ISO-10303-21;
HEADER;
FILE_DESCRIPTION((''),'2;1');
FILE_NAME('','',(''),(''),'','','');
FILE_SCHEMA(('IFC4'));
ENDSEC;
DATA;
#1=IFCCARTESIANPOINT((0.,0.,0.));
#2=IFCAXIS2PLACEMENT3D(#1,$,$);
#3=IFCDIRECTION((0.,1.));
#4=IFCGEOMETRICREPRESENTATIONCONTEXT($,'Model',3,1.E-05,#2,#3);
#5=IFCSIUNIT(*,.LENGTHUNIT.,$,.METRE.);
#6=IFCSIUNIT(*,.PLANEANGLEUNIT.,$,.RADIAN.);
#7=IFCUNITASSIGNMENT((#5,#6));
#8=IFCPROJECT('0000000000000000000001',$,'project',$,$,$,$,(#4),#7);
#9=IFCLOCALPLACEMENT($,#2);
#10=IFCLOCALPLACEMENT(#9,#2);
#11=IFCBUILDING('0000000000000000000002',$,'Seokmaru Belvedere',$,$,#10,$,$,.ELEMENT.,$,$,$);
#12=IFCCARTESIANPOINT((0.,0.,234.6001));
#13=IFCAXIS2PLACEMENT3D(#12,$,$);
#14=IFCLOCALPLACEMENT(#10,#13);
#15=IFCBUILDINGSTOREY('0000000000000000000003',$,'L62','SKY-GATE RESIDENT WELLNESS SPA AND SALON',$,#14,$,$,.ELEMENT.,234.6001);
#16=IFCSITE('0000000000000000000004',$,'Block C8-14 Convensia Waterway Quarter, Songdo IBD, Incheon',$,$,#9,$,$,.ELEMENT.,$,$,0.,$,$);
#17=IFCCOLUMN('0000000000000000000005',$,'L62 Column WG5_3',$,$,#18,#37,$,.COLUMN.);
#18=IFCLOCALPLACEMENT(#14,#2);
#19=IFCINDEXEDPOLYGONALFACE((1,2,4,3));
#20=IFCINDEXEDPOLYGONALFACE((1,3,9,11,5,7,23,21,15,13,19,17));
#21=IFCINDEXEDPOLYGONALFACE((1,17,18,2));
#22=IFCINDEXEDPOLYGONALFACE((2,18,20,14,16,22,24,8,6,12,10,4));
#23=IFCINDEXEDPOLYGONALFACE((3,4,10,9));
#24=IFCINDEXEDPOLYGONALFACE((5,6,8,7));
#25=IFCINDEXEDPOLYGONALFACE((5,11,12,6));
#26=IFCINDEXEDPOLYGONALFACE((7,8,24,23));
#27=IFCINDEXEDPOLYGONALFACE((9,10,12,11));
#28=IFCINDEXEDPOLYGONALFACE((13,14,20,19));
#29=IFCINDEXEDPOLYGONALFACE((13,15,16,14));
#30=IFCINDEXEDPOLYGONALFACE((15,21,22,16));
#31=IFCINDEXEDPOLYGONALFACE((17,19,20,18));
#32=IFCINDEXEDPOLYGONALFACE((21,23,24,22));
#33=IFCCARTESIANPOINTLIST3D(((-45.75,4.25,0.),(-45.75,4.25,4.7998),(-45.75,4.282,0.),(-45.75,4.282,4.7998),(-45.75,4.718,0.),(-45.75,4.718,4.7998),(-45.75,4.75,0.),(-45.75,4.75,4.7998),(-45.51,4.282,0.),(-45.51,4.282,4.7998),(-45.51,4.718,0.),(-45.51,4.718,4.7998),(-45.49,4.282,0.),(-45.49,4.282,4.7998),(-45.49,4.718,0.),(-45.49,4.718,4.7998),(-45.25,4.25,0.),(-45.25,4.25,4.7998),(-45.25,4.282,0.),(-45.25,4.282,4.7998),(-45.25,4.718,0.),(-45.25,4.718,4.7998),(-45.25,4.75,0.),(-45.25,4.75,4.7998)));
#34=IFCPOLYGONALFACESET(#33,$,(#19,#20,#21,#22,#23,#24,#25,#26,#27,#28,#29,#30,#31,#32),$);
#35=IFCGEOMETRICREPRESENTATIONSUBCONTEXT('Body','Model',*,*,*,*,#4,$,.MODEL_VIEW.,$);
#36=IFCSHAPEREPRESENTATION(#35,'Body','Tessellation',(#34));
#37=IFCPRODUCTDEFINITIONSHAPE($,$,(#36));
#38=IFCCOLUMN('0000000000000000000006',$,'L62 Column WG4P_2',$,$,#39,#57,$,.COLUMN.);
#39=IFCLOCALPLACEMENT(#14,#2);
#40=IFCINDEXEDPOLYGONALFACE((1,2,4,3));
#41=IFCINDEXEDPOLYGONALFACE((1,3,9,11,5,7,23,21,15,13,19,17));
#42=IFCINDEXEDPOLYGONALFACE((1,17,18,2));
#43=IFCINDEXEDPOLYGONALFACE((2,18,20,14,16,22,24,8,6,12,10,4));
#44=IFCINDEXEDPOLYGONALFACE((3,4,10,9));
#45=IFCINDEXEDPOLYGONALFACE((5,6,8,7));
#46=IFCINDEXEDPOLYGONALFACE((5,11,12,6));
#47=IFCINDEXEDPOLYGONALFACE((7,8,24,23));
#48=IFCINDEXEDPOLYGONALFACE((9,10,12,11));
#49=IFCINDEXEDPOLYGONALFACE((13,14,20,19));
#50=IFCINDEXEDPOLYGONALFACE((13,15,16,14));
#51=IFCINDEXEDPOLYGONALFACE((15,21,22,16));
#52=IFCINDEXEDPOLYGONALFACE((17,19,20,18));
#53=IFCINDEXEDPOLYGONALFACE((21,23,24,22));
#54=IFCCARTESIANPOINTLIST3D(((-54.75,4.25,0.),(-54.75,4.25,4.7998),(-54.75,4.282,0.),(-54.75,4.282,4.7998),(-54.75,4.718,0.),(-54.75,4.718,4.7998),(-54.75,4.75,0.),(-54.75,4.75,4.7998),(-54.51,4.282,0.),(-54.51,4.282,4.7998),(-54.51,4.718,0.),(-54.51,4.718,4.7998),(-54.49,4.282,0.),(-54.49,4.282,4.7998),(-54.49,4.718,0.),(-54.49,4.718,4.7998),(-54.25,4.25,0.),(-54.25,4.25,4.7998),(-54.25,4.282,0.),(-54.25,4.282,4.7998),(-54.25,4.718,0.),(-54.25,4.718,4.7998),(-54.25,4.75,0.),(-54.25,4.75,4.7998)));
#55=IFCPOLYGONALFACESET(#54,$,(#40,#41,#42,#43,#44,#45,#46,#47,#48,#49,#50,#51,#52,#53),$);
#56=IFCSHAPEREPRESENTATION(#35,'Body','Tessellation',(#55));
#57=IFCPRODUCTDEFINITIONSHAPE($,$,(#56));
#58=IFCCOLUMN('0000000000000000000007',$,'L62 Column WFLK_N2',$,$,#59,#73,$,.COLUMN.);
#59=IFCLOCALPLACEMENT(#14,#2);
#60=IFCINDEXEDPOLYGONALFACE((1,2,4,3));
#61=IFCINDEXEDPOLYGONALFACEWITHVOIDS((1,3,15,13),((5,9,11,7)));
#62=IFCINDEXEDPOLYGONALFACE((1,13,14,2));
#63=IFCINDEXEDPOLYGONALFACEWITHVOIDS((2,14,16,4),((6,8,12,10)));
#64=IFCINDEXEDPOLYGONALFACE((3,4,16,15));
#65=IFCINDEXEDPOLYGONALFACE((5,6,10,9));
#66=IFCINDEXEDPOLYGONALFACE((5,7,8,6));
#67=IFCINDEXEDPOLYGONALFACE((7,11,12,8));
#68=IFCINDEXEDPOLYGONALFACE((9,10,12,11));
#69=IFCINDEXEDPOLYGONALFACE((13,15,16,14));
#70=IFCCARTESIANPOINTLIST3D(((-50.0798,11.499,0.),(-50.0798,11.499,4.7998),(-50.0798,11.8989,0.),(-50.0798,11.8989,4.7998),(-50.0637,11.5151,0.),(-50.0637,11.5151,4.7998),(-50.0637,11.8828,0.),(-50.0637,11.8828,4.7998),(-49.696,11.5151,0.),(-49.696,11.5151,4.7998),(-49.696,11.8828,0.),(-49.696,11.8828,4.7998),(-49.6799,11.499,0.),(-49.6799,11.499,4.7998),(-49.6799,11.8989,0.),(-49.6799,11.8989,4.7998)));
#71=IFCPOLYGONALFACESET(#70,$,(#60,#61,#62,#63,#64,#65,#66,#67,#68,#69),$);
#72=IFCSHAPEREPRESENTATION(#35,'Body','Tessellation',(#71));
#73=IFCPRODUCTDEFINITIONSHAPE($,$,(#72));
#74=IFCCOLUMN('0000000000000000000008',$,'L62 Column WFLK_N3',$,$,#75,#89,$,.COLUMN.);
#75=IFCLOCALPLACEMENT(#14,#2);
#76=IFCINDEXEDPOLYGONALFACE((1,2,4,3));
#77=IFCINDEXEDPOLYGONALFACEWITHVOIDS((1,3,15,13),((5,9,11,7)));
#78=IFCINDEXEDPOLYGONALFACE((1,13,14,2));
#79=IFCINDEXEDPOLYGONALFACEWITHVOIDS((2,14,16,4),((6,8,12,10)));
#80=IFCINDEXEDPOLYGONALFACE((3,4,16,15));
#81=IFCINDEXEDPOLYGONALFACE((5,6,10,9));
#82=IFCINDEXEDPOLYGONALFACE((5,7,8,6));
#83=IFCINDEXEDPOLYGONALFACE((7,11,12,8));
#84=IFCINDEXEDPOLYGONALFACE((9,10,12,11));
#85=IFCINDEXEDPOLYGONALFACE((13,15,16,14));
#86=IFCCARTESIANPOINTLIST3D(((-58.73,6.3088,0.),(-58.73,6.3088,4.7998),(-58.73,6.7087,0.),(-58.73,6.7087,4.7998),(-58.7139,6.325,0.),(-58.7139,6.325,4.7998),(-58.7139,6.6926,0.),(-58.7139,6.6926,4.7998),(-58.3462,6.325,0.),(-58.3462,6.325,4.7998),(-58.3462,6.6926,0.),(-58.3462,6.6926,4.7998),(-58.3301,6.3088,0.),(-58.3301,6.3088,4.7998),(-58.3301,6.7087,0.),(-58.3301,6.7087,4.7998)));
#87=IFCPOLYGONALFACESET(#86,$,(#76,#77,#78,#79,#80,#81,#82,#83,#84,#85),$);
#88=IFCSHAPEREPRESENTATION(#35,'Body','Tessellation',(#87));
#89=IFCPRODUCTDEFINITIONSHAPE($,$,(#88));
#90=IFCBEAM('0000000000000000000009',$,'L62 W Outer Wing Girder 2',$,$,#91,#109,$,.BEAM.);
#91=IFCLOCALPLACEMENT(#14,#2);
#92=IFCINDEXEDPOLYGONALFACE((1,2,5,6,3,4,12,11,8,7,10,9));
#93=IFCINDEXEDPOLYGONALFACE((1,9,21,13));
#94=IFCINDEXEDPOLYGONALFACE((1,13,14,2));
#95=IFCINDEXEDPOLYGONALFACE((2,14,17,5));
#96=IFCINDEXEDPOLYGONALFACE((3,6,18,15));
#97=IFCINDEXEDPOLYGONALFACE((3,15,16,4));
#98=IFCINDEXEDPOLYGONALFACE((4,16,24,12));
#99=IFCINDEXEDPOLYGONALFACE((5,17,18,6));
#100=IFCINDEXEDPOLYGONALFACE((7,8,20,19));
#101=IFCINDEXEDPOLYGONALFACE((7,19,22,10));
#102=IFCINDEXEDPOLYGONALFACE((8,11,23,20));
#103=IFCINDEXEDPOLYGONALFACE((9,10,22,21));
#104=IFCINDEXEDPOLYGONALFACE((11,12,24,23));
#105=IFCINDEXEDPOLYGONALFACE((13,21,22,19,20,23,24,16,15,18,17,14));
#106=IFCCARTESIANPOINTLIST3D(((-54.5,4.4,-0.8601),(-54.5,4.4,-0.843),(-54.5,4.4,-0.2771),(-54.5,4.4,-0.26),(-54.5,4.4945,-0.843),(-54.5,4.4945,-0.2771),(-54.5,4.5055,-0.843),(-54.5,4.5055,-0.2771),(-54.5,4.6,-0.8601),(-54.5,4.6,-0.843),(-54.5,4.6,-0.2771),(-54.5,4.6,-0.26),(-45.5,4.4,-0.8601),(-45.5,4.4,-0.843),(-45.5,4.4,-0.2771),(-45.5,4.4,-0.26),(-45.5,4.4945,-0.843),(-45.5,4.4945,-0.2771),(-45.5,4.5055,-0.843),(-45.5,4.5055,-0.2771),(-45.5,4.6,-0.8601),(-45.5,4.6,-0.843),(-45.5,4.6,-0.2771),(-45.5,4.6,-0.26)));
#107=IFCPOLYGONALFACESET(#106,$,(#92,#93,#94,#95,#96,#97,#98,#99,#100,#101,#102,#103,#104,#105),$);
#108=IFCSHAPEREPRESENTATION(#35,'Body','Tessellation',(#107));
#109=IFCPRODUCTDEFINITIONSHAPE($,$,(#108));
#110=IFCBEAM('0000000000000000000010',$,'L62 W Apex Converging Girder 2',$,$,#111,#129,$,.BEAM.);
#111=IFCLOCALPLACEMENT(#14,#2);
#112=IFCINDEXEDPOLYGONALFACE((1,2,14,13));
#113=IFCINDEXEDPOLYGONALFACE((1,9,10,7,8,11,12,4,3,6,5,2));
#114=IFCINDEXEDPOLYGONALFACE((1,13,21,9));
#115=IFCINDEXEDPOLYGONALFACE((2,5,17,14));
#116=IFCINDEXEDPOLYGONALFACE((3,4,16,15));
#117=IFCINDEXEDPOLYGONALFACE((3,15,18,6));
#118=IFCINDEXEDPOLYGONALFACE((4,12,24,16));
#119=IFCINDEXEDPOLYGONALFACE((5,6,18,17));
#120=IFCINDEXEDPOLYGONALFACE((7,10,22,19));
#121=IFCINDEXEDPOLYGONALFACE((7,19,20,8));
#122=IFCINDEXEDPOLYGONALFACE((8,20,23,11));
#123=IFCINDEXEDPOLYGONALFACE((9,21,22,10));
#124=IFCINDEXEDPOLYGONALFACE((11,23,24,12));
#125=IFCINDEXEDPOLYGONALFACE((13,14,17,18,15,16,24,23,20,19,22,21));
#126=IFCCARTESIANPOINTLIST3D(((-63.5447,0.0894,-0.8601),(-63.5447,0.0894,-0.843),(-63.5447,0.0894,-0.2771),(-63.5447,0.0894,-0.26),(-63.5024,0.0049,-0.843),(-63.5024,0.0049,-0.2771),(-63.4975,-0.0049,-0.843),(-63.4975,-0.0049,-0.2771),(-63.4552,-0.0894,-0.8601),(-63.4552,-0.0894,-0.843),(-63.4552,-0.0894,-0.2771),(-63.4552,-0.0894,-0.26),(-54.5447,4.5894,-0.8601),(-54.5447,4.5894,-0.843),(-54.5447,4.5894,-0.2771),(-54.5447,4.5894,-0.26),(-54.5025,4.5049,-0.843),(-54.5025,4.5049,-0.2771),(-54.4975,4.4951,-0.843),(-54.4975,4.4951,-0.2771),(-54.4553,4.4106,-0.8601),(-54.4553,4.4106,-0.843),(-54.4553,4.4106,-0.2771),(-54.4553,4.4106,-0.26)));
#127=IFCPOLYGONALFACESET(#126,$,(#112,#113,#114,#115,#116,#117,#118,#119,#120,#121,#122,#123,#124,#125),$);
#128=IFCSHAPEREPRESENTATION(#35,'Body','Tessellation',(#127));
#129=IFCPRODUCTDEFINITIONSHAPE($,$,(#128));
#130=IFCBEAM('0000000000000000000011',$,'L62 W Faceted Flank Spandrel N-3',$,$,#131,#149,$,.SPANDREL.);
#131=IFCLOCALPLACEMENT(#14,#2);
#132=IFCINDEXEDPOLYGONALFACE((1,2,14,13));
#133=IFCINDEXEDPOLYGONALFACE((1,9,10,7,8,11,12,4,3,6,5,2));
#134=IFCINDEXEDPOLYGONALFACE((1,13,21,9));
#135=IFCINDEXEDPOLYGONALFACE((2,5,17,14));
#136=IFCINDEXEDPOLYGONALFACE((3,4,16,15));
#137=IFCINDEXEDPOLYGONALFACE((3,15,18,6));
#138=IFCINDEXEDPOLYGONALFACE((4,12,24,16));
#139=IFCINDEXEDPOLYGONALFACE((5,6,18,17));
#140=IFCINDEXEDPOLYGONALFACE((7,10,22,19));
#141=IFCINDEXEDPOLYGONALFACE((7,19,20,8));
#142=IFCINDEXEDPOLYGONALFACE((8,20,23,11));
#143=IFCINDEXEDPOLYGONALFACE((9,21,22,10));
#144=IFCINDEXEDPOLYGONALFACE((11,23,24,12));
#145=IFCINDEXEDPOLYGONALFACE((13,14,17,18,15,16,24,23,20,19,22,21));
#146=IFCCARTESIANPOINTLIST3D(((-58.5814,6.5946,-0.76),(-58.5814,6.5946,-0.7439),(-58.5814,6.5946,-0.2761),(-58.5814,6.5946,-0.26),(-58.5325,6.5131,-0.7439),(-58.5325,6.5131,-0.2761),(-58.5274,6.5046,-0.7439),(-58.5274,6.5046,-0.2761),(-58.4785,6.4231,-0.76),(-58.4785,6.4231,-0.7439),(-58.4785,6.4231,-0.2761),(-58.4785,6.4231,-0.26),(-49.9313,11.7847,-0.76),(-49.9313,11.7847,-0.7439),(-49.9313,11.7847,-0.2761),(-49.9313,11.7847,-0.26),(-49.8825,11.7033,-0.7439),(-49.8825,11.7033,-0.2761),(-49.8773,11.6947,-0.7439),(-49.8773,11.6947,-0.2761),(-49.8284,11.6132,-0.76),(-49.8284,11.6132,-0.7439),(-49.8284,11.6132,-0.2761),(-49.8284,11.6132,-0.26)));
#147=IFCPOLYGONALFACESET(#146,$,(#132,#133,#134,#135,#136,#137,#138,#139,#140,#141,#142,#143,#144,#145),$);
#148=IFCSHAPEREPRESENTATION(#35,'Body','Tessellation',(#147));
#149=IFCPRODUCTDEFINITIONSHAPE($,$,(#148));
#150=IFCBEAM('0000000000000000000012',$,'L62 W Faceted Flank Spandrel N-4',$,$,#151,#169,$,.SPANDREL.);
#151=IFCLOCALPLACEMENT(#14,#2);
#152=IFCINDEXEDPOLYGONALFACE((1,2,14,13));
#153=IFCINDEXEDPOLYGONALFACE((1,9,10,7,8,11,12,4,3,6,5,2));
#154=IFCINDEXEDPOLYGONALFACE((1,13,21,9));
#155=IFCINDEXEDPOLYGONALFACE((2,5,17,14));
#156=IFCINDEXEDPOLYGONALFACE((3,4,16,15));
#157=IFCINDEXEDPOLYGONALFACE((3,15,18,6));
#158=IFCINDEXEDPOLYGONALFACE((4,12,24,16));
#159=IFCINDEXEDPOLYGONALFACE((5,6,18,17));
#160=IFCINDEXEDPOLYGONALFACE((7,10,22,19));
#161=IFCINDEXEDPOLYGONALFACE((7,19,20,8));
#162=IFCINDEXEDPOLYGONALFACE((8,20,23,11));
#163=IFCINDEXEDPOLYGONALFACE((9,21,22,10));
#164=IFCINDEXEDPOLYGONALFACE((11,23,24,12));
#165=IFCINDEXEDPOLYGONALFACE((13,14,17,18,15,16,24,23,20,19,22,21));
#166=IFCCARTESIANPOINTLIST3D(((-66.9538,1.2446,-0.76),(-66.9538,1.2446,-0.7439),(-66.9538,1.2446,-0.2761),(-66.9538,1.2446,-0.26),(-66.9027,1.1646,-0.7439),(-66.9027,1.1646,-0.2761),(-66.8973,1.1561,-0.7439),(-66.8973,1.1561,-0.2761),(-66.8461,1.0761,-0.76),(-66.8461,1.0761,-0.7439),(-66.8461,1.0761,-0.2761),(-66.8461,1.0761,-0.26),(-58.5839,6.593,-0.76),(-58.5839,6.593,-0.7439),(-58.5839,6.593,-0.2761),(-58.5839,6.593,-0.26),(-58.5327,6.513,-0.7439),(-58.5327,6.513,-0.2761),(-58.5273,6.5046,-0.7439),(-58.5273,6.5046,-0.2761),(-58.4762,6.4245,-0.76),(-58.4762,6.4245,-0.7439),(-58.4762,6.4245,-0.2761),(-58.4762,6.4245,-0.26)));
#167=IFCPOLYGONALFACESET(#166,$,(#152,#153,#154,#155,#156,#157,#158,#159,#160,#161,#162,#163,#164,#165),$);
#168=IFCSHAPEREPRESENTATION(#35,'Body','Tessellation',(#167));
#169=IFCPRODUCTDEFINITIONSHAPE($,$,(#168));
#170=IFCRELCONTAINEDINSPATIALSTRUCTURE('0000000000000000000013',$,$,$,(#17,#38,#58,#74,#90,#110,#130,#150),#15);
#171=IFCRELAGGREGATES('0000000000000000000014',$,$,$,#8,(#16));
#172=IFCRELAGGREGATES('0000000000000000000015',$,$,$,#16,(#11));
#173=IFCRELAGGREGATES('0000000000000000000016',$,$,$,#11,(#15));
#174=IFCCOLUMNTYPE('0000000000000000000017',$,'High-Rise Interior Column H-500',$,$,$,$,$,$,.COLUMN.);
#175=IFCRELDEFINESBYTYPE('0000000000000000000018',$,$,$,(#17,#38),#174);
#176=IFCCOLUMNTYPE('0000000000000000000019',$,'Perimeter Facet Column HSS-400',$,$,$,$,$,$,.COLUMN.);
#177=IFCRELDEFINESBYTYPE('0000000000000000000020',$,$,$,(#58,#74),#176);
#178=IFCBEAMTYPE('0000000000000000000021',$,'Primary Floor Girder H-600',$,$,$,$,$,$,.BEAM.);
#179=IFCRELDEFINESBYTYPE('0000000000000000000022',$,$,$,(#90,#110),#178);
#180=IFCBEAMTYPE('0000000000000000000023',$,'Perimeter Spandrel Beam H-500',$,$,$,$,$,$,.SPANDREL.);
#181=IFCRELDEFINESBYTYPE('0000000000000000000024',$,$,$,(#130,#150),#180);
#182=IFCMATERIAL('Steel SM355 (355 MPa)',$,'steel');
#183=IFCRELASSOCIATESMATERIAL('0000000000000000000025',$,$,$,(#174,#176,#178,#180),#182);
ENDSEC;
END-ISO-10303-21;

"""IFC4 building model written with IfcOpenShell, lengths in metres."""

from ifc_helpers import new_model, si_unit, direction, frame, origin, origin_2d, place, context, subcontext, project, spatial, hollow_rectangle, i_section, extrude, source, transform, mapped, material, material_profile, profile_set, type_object, type_shapes, element, save


model = new_model("IFC4")

# Units and contexts
model_context = context("Model", 3, precision=1e-05, world=origin(), true_north=direction((0.0, 1.0)))
body_context = subcontext(model_context, "Body", "Model", "MODEL_VIEW")
ifc_project = project(units=[si_unit("LENGTHUNIT", "METRE"), si_unit("PLANEANGLEUNIT", "RADIAN")], contexts=[model_context])

# Site, building, storey
site_placement = place(None, origin())
site = spatial("IfcSite", under=ifc_project, at=site_placement, Name="Block C8-14 Convensia Waterway Quarter, Songdo IBD, Incheon", CompositionType="ELEMENT", RefElevation=0.0)
building_placement = place(site_placement, origin())
building = spatial("IfcBuilding", under=site, at=building_placement, Name="Seokmaru Belvedere", CompositionType="ELEMENT")
storey_placement = place(building_placement, frame((0.0, 0.0, 234.6001)))
storey = spatial("IfcBuildingStorey", under=building, at=storey_placement, Name="L62", Description="SKY-GATE RESIDENT WELLNESS SPA AND SALON", CompositionType="ELEMENT", Elevation=234.6001)

# Columns
ifc_material_1 = material(Name="Steel SM355 (355 MPa)", Category="steel")
ifc_material_profile_1 = material_profile(ifc_material_1, i_section(OverallWidth=0.5, OverallDepth=0.5, WebThickness=0.02, FlangeThickness=0.032, at=origin_2d()), Name="H-500x500x20x32")
ifc_profile_set_1 = profile_set([ifc_material_profile_1], Name="Steel SM355 (355 MPa)")
column_type_1 = type_object("IfcColumnType", Name="High-Rise Interior Column H-500", PredefinedType="COLUMN", material=ifc_profile_set_1)
shared_shape_1 = source(origin(), body_context, "Body", "SweptSolid", [
    extrude(i_section(OverallWidth=0.5, OverallDepth=0.5, WebThickness=0.02, FlangeThickness=0.032, at=origin_2d()), origin(), (0.0, 0.0, 1.0), 4.7998),
])
type_shapes(column_type_1, [shared_shape_1])
for number, where, z_axis, x_axis, name in (
    (1, (-45.5, 4.5, 0.0), (0.0, 0.0, 1.0), (1.0, 0.0, 0.0), "L62 Column WG5_3"),
    (2, (-54.5, 4.5, 0.0), (0.0, 0.0, 1.0), (1.0, 0.0, 0.0), "L62 Column WG4P_2"),
):
    element("IfcColumn", number, at=place(storey_placement, frame(where, z_axis=z_axis, x_axis=x_axis)), inside=storey, type_object=column_type_1, Name=name, PredefinedType="COLUMN", context=body_context, shape_type="MappedRepresentation", body=[
        mapped(shared_shape_1, transform((0.0, 0.0, 0.0), scale=1.0)),
    ])
ifc_material_profile_2 = material_profile(ifc_material_1, hollow_rectangle(XDim=0.3999, YDim=0.3999, WallThickness=0.0161, at=origin_2d()), Name="HSS-400x400x16")
ifc_profile_set_2 = profile_set([ifc_material_profile_2], Name="Steel SM355 (355 MPa)")
column_type_2 = type_object("IfcColumnType", Name="Perimeter Facet Column HSS-400", PredefinedType="COLUMN", material=ifc_profile_set_2)
shared_shape_2 = source(origin(), body_context, "Body", "SweptSolid", [
    extrude(hollow_rectangle(XDim=0.3999, YDim=0.3999, WallThickness=0.0161, at=origin_2d()), origin(), (0.0, 0.0, 1.0), 4.7998),
])
type_shapes(column_type_2, [shared_shape_2])
for number, where, z_axis, x_axis, name in (
    (3, (-49.8799, 11.699, 0.0), (0.0, 0.0, 1.0), (1.0, 0.0, 0.0), "L62 Column WFLK_N2"),
    (4, (-58.53, 6.5088, 0.0), (0.0, 0.0, 1.0), (1.0, 0.0, 0.0), "L62 Column WFLK_N3"),
):
    element("IfcColumn", number, at=place(storey_placement, frame(where, z_axis=z_axis, x_axis=x_axis)), inside=storey, type_object=column_type_2, Name=name, PredefinedType="COLUMN", context=body_context, shape_type="MappedRepresentation", body=[
        mapped(shared_shape_2, transform((0.0, 0.0, 0.0), scale=1.0)),
    ])

# Beams
ifc_material_profile_3 = material_profile(ifc_material_1, i_section(OverallWidth=0.2, OverallDepth=0.6001, WebThickness=0.011, FlangeThickness=0.0171, at=origin_2d()), Name="H-600x200x11x17")
ifc_profile_set_3 = profile_set([ifc_material_profile_3], Name="Steel SM355 (355 MPa)")
beam_type_1 = type_object("IfcBeamType", Name="Primary Floor Girder H-600", PredefinedType="BEAM", material=ifc_profile_set_3)
shared_shape_3 = source(origin(), body_context, "Body", "SweptSolid", [
    extrude(i_section(OverallWidth=0.2, OverallDepth=0.6001, WebThickness=0.011, FlangeThickness=0.0171, at=origin_2d()), origin(), (0.0, 0.0, 1.0), 9.0),
])
beam_1_placement = place(storey_placement, frame((-54.5, 4.5, -0.5601), z_axis=(1.0, 0.0, 0.0), x_axis=(0.0, 1.0, 0.0)))
element("IfcBeam", 5, at=beam_1_placement, inside=storey, type_object=beam_type_1, Name="L62 W Outer Wing Girder 2", PredefinedType="BEAM", context=body_context, shape_type="MappedRepresentation", body=[
    mapped(shared_shape_3, transform((0.0, 0.0, 0.0), scale=1.0)),
])
shared_shape_4 = source(origin(), body_context, "Body", "SweptSolid", [
    extrude(i_section(OverallWidth=0.2, OverallDepth=0.6001, WebThickness=0.011, FlangeThickness=0.0171, at=origin_2d()), origin(), (0.0, 0.0, 1.0), 10.0623),
])
beam_2_placement = place(storey_placement, frame((-54.5, 4.5, -0.5601), z_axis=(-0.894427, -0.447214, 0.0), x_axis=(0.447214, -0.894427, 0.0)))
element("IfcBeam", 6, at=beam_2_placement, inside=storey, type_object=beam_type_1, Name="L62 W Apex Converging Girder 2", PredefinedType="BEAM", context=body_context, shape_type="MappedRepresentation", body=[
    mapped(shared_shape_4, transform((0.0, 0.0, 0.0), scale=1.0)),
])
ifc_material_profile_4 = material_profile(ifc_material_1, i_section(OverallWidth=0.2, OverallDepth=0.5, WebThickness=0.01, FlangeThickness=0.0161, at=origin_2d()), Name="H-500x200x10x16")
ifc_profile_set_4 = profile_set([ifc_material_profile_4], Name="Steel SM355 (355 MPa)")
beam_type_2 = type_object("IfcBeamType", Name="Perimeter Spandrel Beam H-500", PredefinedType="SPANDREL", material=ifc_profile_set_4)
shared_shape_5 = source(origin(), body_context, "Body", "SweptSolid", [
    extrude(i_section(OverallWidth=0.2, OverallDepth=0.5, WebThickness=0.01, FlangeThickness=0.0161, at=origin_2d()), origin(), (0.0, 0.0, 1.0), 10.0876),
])
beam_3_placement = place(storey_placement, frame((-49.8799, 11.699, -0.51), z_axis=(-0.857489, -0.514503, 0.0), x_axis=(0.514503, -0.857489, 0.0)))
element("IfcBeam", 7, at=beam_3_placement, inside=storey, type_object=beam_type_2, Name="L62 W Faceted Flank Spandrel N-3", PredefinedType="SPANDREL", context=body_context, shape_type="MappedRepresentation", body=[
    mapped(shared_shape_5, transform((0.0, 0.0, 0.0), scale=1.0)),
])
shared_shape_6 = source(origin(), body_context, "Body", "SweptSolid", [
    extrude(i_section(OverallWidth=0.2, OverallDepth=0.5, WebThickness=0.01, FlangeThickness=0.0161, at=origin_2d()), origin(), (0.0, 0.0, 1.0), 9.9329),
])
type_shapes(beam_type_2, [shared_shape_5, shared_shape_6])
beam_4_placement = place(storey_placement, frame((-58.53, 6.5088, -0.51), z_axis=(-0.842652, -0.538459, 0.0), x_axis=(0.538459, -0.842652, 0.0)))
element("IfcBeam", 8, at=beam_4_placement, inside=storey, type_object=beam_type_2, Name="L62 W Faceted Flank Spandrel N-4", PredefinedType="SPANDREL", context=body_context, shape_type="MappedRepresentation", body=[
    mapped(shared_shape_6, transform((0.0, 0.0, 0.0), scale=1.0)),
])

save(model, "model.ifc")
